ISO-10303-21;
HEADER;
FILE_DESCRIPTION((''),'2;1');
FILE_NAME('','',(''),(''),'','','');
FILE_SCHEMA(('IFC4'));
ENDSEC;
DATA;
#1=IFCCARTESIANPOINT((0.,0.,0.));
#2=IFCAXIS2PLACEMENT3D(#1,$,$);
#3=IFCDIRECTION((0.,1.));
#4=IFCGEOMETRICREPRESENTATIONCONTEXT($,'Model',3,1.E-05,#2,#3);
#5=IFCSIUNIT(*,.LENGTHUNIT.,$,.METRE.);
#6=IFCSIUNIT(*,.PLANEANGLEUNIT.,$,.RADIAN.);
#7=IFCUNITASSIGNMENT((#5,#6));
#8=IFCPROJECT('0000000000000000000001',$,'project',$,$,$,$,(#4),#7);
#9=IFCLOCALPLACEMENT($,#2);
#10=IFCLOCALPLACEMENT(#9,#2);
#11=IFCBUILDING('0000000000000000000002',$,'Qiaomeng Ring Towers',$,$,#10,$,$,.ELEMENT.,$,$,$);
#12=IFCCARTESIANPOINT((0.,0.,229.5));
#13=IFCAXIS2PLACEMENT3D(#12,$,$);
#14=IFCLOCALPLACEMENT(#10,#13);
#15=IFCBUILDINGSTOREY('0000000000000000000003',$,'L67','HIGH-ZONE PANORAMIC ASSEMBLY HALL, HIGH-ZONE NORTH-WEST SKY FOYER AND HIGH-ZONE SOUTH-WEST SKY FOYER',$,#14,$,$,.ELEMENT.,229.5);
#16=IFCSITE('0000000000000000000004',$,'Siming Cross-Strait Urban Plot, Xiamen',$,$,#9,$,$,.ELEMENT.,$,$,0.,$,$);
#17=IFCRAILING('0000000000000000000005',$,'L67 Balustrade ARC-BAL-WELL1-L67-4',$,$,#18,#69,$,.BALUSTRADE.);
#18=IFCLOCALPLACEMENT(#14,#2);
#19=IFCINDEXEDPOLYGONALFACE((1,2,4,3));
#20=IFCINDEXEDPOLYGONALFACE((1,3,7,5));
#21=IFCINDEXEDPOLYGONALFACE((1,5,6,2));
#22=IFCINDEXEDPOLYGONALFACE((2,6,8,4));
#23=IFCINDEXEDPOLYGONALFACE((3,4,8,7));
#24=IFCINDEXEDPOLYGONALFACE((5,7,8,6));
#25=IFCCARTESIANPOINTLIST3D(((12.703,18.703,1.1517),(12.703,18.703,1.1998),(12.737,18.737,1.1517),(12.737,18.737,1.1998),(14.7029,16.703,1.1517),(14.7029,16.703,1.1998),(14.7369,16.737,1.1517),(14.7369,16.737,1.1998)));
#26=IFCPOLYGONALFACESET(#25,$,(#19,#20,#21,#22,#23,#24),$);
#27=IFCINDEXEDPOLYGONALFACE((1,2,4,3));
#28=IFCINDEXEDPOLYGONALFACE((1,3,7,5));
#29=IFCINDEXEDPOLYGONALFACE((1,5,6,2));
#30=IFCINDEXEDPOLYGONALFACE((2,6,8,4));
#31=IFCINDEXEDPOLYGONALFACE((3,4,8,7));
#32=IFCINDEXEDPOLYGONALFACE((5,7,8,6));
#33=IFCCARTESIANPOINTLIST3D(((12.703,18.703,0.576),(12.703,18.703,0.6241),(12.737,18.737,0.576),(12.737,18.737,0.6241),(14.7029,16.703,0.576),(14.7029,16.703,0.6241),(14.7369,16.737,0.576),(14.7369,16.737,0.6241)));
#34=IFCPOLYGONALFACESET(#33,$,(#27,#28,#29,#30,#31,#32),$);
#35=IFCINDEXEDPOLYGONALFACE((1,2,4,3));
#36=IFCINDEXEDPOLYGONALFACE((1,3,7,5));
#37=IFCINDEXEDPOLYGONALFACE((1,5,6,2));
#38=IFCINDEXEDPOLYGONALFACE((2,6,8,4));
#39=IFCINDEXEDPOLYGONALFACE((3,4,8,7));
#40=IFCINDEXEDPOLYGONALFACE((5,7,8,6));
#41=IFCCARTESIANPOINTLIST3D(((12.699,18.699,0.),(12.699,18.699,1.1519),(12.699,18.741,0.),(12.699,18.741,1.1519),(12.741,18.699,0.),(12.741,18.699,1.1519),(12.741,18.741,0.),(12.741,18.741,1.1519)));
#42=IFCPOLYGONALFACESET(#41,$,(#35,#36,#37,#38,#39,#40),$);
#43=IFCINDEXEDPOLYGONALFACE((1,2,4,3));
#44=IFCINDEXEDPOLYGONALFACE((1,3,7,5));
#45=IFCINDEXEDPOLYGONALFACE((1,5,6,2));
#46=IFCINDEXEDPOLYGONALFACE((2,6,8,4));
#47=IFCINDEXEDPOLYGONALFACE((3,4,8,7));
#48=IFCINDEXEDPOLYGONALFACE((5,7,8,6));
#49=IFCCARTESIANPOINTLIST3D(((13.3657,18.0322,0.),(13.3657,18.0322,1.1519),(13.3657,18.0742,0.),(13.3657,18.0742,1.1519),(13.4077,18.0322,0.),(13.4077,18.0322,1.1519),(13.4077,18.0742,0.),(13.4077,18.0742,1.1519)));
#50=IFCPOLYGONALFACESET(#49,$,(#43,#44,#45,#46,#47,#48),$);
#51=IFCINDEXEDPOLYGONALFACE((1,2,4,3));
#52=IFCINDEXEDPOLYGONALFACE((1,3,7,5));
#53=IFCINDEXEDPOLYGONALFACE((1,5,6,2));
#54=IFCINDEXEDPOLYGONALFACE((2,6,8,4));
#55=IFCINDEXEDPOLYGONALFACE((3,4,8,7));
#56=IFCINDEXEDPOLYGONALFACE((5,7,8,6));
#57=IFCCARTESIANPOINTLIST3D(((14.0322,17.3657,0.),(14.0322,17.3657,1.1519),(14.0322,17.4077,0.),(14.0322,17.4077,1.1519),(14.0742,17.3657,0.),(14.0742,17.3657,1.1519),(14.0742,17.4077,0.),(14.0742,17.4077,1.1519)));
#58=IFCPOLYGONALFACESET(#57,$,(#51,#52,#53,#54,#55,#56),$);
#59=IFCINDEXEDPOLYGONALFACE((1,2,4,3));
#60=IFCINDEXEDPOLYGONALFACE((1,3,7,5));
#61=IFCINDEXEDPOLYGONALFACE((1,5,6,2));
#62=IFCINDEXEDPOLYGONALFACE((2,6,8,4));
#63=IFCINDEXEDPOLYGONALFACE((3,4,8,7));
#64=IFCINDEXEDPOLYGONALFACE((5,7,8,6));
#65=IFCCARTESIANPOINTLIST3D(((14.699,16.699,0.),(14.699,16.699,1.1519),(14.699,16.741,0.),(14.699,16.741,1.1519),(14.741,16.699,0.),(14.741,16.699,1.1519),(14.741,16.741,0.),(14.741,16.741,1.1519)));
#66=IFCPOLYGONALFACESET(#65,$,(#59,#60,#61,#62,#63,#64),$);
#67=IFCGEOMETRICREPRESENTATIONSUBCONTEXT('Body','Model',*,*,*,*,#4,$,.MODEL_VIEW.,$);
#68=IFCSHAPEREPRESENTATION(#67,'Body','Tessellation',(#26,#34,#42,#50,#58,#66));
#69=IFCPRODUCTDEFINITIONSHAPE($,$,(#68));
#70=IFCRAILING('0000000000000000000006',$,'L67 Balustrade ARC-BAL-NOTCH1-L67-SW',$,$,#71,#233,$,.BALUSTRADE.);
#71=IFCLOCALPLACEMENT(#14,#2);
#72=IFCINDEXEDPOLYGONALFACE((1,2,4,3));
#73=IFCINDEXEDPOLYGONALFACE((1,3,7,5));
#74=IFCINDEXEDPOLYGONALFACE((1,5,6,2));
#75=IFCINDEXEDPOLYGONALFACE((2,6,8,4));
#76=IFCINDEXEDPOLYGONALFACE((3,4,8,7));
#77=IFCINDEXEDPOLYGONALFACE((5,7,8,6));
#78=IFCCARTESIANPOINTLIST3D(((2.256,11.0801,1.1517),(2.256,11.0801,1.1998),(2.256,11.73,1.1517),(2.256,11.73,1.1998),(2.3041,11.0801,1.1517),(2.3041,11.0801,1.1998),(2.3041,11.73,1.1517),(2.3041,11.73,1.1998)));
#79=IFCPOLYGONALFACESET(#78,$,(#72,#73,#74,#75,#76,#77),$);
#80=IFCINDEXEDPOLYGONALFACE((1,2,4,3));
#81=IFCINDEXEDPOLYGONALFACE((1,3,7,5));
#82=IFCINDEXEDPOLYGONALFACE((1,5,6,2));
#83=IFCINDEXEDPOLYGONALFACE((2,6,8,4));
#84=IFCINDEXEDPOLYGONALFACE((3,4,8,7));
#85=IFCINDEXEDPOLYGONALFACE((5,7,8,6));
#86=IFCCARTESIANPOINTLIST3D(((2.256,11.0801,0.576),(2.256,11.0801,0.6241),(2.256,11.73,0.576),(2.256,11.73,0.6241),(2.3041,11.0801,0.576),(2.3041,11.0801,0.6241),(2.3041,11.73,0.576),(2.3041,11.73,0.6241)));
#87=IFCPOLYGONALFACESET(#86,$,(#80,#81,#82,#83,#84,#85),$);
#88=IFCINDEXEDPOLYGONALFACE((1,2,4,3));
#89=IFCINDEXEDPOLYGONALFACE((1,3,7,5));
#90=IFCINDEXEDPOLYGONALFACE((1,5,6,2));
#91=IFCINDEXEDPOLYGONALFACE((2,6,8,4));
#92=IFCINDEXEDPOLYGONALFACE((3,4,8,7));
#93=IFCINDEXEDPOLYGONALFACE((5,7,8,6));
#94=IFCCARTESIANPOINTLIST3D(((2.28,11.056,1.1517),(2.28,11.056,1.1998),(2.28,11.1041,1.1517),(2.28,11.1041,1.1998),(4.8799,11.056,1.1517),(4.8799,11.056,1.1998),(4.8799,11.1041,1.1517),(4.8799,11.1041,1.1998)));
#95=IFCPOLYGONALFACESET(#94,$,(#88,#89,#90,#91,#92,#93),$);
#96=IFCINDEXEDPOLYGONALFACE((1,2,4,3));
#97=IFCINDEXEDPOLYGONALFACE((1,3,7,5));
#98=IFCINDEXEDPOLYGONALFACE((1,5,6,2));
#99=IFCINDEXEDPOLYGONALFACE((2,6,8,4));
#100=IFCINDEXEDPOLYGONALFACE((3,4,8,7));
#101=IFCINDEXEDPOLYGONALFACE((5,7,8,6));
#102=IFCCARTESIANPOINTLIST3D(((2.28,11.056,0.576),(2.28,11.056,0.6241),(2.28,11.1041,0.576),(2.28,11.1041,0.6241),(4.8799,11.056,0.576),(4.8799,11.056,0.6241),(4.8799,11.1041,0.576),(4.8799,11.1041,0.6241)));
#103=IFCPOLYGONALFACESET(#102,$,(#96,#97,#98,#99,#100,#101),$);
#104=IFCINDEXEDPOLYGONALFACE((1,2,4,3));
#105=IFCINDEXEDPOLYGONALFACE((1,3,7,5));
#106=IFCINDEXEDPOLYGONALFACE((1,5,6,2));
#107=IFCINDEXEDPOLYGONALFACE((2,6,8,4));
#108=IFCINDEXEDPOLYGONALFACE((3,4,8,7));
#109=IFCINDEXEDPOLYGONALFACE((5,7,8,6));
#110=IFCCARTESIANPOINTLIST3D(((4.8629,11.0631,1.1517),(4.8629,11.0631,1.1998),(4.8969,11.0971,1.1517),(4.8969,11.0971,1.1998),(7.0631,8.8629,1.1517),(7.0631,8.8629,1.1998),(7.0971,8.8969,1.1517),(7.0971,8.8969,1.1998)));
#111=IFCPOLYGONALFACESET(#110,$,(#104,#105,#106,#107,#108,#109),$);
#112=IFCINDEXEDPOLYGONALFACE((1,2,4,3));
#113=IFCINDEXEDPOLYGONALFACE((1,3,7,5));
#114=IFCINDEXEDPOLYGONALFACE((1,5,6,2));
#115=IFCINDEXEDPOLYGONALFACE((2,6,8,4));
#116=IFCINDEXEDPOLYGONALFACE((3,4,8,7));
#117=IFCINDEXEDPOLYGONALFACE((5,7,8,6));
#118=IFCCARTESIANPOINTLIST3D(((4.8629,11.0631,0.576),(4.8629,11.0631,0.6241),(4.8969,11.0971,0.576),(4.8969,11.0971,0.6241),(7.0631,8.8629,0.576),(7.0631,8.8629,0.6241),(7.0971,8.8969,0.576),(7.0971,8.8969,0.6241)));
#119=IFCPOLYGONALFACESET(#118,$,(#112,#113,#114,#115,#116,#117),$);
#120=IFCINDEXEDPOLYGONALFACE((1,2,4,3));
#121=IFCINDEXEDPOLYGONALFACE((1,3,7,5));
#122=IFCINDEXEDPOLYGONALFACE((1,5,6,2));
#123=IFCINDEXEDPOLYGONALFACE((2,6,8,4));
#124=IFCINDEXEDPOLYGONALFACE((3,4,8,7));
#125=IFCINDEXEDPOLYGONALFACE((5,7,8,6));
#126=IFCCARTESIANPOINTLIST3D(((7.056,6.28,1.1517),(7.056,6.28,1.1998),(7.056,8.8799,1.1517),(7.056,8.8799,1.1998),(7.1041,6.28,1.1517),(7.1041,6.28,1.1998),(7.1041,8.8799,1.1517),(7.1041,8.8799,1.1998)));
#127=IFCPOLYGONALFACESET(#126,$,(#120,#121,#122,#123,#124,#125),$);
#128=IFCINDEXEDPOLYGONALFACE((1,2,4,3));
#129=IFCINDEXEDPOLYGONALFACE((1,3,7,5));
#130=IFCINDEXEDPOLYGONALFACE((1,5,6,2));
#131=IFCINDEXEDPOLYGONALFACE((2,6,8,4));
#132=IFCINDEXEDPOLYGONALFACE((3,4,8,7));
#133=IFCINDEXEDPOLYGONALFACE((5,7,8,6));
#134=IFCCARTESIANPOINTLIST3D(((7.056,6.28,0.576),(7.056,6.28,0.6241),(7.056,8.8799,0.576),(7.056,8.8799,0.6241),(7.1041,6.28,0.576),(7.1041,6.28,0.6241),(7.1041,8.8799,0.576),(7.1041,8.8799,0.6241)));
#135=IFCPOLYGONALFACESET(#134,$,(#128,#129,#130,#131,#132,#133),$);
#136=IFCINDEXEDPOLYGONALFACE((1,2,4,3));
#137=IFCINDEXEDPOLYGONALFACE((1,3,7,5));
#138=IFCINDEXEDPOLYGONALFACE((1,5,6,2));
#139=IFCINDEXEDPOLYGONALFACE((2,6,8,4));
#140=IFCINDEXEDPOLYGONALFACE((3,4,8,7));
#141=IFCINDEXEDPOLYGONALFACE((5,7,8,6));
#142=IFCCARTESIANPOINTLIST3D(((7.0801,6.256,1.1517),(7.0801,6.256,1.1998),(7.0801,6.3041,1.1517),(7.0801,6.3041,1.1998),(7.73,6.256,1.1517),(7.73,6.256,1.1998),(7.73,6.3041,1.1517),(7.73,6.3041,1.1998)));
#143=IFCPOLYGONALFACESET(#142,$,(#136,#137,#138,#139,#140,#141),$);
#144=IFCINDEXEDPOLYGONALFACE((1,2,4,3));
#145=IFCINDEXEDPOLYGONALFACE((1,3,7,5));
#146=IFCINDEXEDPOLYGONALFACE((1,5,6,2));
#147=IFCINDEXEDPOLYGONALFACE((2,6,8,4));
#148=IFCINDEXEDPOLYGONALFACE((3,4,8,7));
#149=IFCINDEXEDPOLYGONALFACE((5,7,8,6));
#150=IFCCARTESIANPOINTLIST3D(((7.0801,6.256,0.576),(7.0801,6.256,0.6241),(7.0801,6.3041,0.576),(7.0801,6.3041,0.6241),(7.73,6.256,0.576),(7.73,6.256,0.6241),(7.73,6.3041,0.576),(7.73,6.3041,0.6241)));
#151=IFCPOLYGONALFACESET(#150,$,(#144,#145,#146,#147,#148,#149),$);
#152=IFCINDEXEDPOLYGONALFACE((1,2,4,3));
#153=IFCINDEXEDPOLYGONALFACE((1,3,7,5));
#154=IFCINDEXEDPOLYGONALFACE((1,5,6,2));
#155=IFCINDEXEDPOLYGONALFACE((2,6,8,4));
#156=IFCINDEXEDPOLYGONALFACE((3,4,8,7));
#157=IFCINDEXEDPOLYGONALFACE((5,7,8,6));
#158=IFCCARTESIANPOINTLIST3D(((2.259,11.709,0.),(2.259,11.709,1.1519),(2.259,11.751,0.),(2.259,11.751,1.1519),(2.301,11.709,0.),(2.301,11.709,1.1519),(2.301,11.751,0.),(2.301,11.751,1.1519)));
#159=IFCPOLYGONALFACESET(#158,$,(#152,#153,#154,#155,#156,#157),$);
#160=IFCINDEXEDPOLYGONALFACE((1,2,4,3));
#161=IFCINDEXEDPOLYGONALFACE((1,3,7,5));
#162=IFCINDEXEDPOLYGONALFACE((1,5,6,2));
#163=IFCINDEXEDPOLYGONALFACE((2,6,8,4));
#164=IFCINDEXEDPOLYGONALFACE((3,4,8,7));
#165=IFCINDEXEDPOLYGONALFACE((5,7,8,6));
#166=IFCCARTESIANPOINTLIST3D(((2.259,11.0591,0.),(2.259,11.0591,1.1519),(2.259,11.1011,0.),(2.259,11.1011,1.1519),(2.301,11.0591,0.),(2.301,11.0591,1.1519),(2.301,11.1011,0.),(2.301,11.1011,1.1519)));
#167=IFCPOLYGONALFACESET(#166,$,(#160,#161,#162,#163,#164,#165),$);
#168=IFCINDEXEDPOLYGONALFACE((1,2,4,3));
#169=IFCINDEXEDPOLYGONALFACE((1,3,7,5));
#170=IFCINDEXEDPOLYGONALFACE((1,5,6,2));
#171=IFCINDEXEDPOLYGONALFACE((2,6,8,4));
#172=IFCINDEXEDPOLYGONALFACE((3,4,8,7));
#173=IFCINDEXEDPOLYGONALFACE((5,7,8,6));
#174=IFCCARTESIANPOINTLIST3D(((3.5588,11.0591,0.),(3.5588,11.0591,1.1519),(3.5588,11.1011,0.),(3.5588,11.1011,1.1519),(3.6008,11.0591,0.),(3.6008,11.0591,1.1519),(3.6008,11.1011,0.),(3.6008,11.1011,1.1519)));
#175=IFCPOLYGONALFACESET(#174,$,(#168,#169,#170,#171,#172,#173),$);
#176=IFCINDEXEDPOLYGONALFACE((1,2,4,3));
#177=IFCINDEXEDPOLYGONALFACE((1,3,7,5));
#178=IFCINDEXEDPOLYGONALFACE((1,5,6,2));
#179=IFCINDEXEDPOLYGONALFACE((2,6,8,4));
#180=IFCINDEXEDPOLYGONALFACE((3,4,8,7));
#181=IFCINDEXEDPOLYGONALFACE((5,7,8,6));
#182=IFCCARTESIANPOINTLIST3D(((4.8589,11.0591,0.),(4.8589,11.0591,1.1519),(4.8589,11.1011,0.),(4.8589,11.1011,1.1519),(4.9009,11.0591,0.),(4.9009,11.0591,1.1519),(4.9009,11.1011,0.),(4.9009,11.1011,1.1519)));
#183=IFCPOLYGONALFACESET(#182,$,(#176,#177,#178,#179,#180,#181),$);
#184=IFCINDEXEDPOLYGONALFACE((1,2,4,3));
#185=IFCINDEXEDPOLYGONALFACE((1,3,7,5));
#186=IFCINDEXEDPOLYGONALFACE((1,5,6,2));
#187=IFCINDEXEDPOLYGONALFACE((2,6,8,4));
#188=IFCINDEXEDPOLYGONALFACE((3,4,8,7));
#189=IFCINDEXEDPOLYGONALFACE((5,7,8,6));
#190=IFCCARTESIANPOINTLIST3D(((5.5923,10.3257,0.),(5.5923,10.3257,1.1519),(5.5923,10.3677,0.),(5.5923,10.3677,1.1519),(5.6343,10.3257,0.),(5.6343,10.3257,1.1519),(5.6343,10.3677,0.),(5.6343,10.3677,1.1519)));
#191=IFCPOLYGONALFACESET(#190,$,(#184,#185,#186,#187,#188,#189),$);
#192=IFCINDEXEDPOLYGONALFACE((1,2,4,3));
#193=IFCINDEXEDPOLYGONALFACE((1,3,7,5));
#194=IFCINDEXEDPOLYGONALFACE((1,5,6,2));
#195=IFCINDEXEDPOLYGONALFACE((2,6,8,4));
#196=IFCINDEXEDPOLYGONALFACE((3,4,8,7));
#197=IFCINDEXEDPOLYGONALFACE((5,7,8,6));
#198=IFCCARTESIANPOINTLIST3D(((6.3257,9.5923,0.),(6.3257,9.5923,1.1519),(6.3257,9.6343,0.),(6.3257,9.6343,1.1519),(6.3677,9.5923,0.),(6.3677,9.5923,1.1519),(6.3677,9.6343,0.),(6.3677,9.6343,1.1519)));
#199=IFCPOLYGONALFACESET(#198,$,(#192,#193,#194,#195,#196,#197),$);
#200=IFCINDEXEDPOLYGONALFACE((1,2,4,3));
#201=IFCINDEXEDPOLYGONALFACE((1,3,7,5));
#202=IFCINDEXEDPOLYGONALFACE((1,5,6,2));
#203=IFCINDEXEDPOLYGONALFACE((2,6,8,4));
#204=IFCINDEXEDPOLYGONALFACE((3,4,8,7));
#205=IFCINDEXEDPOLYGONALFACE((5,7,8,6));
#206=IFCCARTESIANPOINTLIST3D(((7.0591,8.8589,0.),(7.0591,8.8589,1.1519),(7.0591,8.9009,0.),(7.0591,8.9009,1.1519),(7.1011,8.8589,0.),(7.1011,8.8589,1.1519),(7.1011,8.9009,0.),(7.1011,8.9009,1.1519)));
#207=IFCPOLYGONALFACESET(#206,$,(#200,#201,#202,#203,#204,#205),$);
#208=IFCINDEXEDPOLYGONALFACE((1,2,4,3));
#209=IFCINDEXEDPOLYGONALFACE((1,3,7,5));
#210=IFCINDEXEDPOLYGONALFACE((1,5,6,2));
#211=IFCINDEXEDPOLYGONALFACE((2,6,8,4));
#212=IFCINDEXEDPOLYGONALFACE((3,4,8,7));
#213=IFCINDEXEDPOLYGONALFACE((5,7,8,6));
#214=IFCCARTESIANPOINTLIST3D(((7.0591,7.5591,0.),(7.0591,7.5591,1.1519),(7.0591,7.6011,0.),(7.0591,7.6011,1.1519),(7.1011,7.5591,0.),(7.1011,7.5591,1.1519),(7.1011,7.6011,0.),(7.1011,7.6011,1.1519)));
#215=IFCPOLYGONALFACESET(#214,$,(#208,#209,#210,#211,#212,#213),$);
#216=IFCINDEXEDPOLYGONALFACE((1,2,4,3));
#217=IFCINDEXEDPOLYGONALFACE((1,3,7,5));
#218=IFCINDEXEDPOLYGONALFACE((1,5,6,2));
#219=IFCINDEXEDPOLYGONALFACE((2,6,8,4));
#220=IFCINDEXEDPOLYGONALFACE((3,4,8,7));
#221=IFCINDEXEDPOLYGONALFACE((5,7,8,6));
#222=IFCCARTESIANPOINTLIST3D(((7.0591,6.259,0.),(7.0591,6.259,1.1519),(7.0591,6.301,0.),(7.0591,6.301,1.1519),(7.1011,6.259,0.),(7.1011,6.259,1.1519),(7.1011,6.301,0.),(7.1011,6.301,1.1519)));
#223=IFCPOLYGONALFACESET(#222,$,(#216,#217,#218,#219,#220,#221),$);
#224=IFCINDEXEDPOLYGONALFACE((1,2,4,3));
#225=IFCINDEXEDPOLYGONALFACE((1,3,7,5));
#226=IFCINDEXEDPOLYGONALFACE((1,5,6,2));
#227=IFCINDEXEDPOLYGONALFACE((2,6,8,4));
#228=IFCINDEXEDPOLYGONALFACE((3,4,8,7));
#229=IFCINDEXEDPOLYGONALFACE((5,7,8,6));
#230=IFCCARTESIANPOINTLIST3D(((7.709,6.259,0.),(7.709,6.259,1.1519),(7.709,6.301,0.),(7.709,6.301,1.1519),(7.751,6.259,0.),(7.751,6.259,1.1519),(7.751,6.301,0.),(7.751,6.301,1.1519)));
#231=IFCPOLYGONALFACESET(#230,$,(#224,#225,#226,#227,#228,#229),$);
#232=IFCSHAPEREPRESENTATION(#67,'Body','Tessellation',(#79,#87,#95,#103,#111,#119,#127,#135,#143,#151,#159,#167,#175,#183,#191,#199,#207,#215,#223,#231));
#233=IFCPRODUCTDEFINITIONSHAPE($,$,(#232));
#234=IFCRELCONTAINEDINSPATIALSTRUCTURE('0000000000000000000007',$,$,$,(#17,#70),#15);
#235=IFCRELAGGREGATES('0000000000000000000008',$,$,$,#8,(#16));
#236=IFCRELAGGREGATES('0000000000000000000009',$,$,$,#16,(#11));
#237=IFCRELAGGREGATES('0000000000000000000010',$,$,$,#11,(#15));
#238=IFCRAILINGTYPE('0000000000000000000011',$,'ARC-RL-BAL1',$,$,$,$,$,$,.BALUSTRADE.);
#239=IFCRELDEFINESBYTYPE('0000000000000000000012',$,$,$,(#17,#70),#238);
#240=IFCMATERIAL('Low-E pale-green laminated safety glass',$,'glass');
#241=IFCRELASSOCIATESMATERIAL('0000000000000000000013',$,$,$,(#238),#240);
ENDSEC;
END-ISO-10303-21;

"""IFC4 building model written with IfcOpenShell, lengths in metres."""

from ifc_helpers import new_model, si_unit, direction, frame, origin, origin_2d, place, context, subcontext, project, spatial, rectangle, extrude, material, type_object, element, save


model = new_model("IFC4")

# Units and contexts
model_context = context("Model", 3, precision=1e-05, world=origin(), true_north=direction((0.0, 1.0)))
body_context = subcontext(model_context, "Body", "Model", "MODEL_VIEW")
ifc_project = project(units=[si_unit("LENGTHUNIT", "METRE"), si_unit("PLANEANGLEUNIT", "RADIAN")], contexts=[model_context])

# Site, building, storey
site_placement = place(None, origin())
site = spatial("IfcSite", under=ifc_project, at=site_placement, Name="Siming Cross-Strait Urban Plot, Xiamen", CompositionType="ELEMENT", RefElevation=0.0)
building_placement = place(site_placement, origin())
building = spatial("IfcBuilding", under=site, at=building_placement, Name="Qiaomeng Ring Towers", CompositionType="ELEMENT")
storey_placement = place(building_placement, frame((0.0, 0.0, 229.5)))
storey = spatial("IfcBuildingStorey", under=building, at=storey_placement, Name="L67", Description="HIGH-ZONE PANORAMIC ASSEMBLY HALL, HIGH-ZONE NORTH-WEST SKY FOYER AND HIGH-ZONE SOUTH-WEST SKY FOYER", CompositionType="ELEMENT", Elevation=229.5)

# Railings
ifc_material_1 = material(Name="Low-E pale-green laminated safety glass", Category="glass")
railing_type_1 = type_object("IfcRailingType", Name="ARC-RL-BAL1", PredefinedType="BALUSTRADE", material=ifc_material_1)
railing_1_placement = place(storey_placement, frame((12.72, 18.72, 0.0)))
element("IfcRailing", 1, at=railing_1_placement, inside=storey, type_object=railing_type_1, Name="L67 Balustrade ARC-BAL-WELL1-L67-4", PredefinedType="BALUSTRADE", context=body_context, shape_type="SweptSolid", body=[
    extrude(rectangle(XDim=0.0481, YDim=0.0481, at=origin_2d()), frame((0.0, 0.0, 1.1758), z_axis=(0.707107, -0.707107, 0.0), x_axis=(0.707107, 0.707107, 0.0)), (0.0, 0.0, 1.0), 2.8284),
    extrude(rectangle(XDim=0.0481, YDim=0.0481, at=origin_2d()), frame((0.0, 0.0, 0.6001), z_axis=(0.707107, -0.707107, 0.0), x_axis=(0.707107, 0.707107, 0.0)), (0.0, 0.0, 1.0), 2.8284),
    extrude(rectangle(XDim=0.042, YDim=0.042, at=origin_2d()), origin(), (0.0, 0.0, 1.0), 1.1519),
    extrude(rectangle(XDim=0.042, YDim=0.042, at=origin_2d()), frame((0.6667, -0.6667, 0.0)), (0.0, 0.0, 1.0), 1.1519),
    extrude(rectangle(XDim=0.042, YDim=0.042, at=origin_2d()), frame((1.3333, -1.3333, 0.0)), (0.0, 0.0, 1.0), 1.1519),
    extrude(rectangle(XDim=0.042, YDim=0.042, at=origin_2d()), frame((2.0, -2.0, 0.0)), (0.0, 0.0, 1.0), 1.1519),
])
railing_2_placement = place(storey_placement, frame((2.28, 11.73, 0.0)))
element("IfcRailing", 2, at=railing_2_placement, inside=storey, type_object=railing_type_1, Name="L67 Balustrade ARC-BAL-NOTCH1-L67-SW", PredefinedType="BALUSTRADE", context=body_context, shape_type="SweptSolid", body=[
    extrude(rectangle(XDim=0.0481, YDim=0.0481, at=origin_2d()), frame((0.0, 0.0, 1.1758), z_axis=(0.0, -1.0, 0.0), x_axis=(1.0, 0.0, 0.0)), (0.0, 0.0, 1.0), 0.6499),
    extrude(rectangle(XDim=0.0481, YDim=0.0481, at=origin_2d()), frame((0.0, 0.0, 0.6001), z_axis=(0.0, -1.0, 0.0), x_axis=(1.0, 0.0, 0.0)), (0.0, 0.0, 1.0), 0.6499),
    extrude(rectangle(XDim=0.0481, YDim=0.0481, at=origin_2d()), frame((0.0, -0.6499, 1.1758), z_axis=(1.0, 0.0, 0.0), x_axis=(0.0, 1.0, 0.0)), (0.0, 0.0, 1.0), 2.5999),
    extrude(rectangle(XDim=0.0481, YDim=0.0481, at=origin_2d()), frame((0.0, -0.6499, 0.6001), z_axis=(1.0, 0.0, 0.0), x_axis=(0.0, 1.0, 0.0)), (0.0, 0.0, 1.0), 2.5999),
    extrude(rectangle(XDim=0.0481, YDim=0.0481, at=origin_2d()), frame((2.5999, -0.6499, 1.1758), z_axis=(0.707107, -0.707107, 0.0), x_axis=(0.707107, 0.707107, 0.0)), (0.0, 0.0, 1.0), 3.1116),
    extrude(rectangle(XDim=0.0481, YDim=0.0481, at=origin_2d()), frame((2.5999, -0.6499, 0.6001), z_axis=(0.707107, -0.707107, 0.0), x_axis=(0.707107, 0.707107, 0.0)), (0.0, 0.0, 1.0), 3.1116),
    extrude(rectangle(XDim=0.0481, YDim=0.0481, at=origin_2d()), frame((4.8, -2.8501, 1.1758), z_axis=(0.0, -1.0, 0.0), x_axis=(1.0, 0.0, 0.0)), (0.0, 0.0, 1.0), 2.5999),
    extrude(rectangle(XDim=0.0481, YDim=0.0481, at=origin_2d()), frame((4.8, -2.8501, 0.6001), z_axis=(0.0, -1.0, 0.0), x_axis=(1.0, 0.0, 0.0)), (0.0, 0.0, 1.0), 2.5999),
    extrude(rectangle(XDim=0.0481, YDim=0.0481, at=origin_2d()), frame((4.8, -5.45, 1.1758), z_axis=(1.0, 0.0, 0.0), x_axis=(0.0, 1.0, 0.0)), (0.0, 0.0, 1.0), 0.6499),
    extrude(rectangle(XDim=0.0481, YDim=0.0481, at=origin_2d()), frame((4.8, -5.45, 0.6001), z_axis=(1.0, 0.0, 0.0), x_axis=(0.0, 1.0, 0.0)), (0.0, 0.0, 1.0), 0.6499),
    extrude(rectangle(XDim=0.042, YDim=0.042, at=origin_2d()), origin(), (0.0, 0.0, 1.0), 1.1519),
    extrude(rectangle(XDim=0.042, YDim=0.042, at=origin_2d()), frame((0.0, -0.6499, 0.0)), (0.0, 0.0, 1.0), 1.1519),
    extrude(rectangle(XDim=0.042, YDim=0.042, at=origin_2d()), frame((1.2998, -0.6499, 0.0)), (0.0, 0.0, 1.0), 1.1519),
    extrude(rectangle(XDim=0.042, YDim=0.042, at=origin_2d()), frame((2.5999, -0.6499, 0.0)), (0.0, 0.0, 1.0), 1.1519),
    extrude(rectangle(XDim=0.042, YDim=0.042, at=origin_2d()), frame((3.3333, -1.3833, 0.0)), (0.0, 0.0, 1.0), 1.1519),
    extrude(rectangle(XDim=0.042, YDim=0.042, at=origin_2d()), frame((4.0667, -2.1167, 0.0)), (0.0, 0.0, 1.0), 1.1519),
    extrude(rectangle(XDim=0.042, YDim=0.042, at=origin_2d()), frame((4.8, -2.8501, 0.0)), (0.0, 0.0, 1.0), 1.1519),
    extrude(rectangle(XDim=0.042, YDim=0.042, at=origin_2d()), frame((4.8, -4.1499, 0.0)), (0.0, 0.0, 1.0), 1.1519),
    extrude(rectangle(XDim=0.042, YDim=0.042, at=origin_2d()), frame((4.8, -5.45, 0.0)), (0.0, 0.0, 1.0), 1.1519),
    extrude(rectangle(XDim=0.042, YDim=0.042, at=origin_2d()), frame((5.45, -5.45, 0.0)), (0.0, 0.0, 1.0), 1.1519),
])

save(model, "model.ifc")
